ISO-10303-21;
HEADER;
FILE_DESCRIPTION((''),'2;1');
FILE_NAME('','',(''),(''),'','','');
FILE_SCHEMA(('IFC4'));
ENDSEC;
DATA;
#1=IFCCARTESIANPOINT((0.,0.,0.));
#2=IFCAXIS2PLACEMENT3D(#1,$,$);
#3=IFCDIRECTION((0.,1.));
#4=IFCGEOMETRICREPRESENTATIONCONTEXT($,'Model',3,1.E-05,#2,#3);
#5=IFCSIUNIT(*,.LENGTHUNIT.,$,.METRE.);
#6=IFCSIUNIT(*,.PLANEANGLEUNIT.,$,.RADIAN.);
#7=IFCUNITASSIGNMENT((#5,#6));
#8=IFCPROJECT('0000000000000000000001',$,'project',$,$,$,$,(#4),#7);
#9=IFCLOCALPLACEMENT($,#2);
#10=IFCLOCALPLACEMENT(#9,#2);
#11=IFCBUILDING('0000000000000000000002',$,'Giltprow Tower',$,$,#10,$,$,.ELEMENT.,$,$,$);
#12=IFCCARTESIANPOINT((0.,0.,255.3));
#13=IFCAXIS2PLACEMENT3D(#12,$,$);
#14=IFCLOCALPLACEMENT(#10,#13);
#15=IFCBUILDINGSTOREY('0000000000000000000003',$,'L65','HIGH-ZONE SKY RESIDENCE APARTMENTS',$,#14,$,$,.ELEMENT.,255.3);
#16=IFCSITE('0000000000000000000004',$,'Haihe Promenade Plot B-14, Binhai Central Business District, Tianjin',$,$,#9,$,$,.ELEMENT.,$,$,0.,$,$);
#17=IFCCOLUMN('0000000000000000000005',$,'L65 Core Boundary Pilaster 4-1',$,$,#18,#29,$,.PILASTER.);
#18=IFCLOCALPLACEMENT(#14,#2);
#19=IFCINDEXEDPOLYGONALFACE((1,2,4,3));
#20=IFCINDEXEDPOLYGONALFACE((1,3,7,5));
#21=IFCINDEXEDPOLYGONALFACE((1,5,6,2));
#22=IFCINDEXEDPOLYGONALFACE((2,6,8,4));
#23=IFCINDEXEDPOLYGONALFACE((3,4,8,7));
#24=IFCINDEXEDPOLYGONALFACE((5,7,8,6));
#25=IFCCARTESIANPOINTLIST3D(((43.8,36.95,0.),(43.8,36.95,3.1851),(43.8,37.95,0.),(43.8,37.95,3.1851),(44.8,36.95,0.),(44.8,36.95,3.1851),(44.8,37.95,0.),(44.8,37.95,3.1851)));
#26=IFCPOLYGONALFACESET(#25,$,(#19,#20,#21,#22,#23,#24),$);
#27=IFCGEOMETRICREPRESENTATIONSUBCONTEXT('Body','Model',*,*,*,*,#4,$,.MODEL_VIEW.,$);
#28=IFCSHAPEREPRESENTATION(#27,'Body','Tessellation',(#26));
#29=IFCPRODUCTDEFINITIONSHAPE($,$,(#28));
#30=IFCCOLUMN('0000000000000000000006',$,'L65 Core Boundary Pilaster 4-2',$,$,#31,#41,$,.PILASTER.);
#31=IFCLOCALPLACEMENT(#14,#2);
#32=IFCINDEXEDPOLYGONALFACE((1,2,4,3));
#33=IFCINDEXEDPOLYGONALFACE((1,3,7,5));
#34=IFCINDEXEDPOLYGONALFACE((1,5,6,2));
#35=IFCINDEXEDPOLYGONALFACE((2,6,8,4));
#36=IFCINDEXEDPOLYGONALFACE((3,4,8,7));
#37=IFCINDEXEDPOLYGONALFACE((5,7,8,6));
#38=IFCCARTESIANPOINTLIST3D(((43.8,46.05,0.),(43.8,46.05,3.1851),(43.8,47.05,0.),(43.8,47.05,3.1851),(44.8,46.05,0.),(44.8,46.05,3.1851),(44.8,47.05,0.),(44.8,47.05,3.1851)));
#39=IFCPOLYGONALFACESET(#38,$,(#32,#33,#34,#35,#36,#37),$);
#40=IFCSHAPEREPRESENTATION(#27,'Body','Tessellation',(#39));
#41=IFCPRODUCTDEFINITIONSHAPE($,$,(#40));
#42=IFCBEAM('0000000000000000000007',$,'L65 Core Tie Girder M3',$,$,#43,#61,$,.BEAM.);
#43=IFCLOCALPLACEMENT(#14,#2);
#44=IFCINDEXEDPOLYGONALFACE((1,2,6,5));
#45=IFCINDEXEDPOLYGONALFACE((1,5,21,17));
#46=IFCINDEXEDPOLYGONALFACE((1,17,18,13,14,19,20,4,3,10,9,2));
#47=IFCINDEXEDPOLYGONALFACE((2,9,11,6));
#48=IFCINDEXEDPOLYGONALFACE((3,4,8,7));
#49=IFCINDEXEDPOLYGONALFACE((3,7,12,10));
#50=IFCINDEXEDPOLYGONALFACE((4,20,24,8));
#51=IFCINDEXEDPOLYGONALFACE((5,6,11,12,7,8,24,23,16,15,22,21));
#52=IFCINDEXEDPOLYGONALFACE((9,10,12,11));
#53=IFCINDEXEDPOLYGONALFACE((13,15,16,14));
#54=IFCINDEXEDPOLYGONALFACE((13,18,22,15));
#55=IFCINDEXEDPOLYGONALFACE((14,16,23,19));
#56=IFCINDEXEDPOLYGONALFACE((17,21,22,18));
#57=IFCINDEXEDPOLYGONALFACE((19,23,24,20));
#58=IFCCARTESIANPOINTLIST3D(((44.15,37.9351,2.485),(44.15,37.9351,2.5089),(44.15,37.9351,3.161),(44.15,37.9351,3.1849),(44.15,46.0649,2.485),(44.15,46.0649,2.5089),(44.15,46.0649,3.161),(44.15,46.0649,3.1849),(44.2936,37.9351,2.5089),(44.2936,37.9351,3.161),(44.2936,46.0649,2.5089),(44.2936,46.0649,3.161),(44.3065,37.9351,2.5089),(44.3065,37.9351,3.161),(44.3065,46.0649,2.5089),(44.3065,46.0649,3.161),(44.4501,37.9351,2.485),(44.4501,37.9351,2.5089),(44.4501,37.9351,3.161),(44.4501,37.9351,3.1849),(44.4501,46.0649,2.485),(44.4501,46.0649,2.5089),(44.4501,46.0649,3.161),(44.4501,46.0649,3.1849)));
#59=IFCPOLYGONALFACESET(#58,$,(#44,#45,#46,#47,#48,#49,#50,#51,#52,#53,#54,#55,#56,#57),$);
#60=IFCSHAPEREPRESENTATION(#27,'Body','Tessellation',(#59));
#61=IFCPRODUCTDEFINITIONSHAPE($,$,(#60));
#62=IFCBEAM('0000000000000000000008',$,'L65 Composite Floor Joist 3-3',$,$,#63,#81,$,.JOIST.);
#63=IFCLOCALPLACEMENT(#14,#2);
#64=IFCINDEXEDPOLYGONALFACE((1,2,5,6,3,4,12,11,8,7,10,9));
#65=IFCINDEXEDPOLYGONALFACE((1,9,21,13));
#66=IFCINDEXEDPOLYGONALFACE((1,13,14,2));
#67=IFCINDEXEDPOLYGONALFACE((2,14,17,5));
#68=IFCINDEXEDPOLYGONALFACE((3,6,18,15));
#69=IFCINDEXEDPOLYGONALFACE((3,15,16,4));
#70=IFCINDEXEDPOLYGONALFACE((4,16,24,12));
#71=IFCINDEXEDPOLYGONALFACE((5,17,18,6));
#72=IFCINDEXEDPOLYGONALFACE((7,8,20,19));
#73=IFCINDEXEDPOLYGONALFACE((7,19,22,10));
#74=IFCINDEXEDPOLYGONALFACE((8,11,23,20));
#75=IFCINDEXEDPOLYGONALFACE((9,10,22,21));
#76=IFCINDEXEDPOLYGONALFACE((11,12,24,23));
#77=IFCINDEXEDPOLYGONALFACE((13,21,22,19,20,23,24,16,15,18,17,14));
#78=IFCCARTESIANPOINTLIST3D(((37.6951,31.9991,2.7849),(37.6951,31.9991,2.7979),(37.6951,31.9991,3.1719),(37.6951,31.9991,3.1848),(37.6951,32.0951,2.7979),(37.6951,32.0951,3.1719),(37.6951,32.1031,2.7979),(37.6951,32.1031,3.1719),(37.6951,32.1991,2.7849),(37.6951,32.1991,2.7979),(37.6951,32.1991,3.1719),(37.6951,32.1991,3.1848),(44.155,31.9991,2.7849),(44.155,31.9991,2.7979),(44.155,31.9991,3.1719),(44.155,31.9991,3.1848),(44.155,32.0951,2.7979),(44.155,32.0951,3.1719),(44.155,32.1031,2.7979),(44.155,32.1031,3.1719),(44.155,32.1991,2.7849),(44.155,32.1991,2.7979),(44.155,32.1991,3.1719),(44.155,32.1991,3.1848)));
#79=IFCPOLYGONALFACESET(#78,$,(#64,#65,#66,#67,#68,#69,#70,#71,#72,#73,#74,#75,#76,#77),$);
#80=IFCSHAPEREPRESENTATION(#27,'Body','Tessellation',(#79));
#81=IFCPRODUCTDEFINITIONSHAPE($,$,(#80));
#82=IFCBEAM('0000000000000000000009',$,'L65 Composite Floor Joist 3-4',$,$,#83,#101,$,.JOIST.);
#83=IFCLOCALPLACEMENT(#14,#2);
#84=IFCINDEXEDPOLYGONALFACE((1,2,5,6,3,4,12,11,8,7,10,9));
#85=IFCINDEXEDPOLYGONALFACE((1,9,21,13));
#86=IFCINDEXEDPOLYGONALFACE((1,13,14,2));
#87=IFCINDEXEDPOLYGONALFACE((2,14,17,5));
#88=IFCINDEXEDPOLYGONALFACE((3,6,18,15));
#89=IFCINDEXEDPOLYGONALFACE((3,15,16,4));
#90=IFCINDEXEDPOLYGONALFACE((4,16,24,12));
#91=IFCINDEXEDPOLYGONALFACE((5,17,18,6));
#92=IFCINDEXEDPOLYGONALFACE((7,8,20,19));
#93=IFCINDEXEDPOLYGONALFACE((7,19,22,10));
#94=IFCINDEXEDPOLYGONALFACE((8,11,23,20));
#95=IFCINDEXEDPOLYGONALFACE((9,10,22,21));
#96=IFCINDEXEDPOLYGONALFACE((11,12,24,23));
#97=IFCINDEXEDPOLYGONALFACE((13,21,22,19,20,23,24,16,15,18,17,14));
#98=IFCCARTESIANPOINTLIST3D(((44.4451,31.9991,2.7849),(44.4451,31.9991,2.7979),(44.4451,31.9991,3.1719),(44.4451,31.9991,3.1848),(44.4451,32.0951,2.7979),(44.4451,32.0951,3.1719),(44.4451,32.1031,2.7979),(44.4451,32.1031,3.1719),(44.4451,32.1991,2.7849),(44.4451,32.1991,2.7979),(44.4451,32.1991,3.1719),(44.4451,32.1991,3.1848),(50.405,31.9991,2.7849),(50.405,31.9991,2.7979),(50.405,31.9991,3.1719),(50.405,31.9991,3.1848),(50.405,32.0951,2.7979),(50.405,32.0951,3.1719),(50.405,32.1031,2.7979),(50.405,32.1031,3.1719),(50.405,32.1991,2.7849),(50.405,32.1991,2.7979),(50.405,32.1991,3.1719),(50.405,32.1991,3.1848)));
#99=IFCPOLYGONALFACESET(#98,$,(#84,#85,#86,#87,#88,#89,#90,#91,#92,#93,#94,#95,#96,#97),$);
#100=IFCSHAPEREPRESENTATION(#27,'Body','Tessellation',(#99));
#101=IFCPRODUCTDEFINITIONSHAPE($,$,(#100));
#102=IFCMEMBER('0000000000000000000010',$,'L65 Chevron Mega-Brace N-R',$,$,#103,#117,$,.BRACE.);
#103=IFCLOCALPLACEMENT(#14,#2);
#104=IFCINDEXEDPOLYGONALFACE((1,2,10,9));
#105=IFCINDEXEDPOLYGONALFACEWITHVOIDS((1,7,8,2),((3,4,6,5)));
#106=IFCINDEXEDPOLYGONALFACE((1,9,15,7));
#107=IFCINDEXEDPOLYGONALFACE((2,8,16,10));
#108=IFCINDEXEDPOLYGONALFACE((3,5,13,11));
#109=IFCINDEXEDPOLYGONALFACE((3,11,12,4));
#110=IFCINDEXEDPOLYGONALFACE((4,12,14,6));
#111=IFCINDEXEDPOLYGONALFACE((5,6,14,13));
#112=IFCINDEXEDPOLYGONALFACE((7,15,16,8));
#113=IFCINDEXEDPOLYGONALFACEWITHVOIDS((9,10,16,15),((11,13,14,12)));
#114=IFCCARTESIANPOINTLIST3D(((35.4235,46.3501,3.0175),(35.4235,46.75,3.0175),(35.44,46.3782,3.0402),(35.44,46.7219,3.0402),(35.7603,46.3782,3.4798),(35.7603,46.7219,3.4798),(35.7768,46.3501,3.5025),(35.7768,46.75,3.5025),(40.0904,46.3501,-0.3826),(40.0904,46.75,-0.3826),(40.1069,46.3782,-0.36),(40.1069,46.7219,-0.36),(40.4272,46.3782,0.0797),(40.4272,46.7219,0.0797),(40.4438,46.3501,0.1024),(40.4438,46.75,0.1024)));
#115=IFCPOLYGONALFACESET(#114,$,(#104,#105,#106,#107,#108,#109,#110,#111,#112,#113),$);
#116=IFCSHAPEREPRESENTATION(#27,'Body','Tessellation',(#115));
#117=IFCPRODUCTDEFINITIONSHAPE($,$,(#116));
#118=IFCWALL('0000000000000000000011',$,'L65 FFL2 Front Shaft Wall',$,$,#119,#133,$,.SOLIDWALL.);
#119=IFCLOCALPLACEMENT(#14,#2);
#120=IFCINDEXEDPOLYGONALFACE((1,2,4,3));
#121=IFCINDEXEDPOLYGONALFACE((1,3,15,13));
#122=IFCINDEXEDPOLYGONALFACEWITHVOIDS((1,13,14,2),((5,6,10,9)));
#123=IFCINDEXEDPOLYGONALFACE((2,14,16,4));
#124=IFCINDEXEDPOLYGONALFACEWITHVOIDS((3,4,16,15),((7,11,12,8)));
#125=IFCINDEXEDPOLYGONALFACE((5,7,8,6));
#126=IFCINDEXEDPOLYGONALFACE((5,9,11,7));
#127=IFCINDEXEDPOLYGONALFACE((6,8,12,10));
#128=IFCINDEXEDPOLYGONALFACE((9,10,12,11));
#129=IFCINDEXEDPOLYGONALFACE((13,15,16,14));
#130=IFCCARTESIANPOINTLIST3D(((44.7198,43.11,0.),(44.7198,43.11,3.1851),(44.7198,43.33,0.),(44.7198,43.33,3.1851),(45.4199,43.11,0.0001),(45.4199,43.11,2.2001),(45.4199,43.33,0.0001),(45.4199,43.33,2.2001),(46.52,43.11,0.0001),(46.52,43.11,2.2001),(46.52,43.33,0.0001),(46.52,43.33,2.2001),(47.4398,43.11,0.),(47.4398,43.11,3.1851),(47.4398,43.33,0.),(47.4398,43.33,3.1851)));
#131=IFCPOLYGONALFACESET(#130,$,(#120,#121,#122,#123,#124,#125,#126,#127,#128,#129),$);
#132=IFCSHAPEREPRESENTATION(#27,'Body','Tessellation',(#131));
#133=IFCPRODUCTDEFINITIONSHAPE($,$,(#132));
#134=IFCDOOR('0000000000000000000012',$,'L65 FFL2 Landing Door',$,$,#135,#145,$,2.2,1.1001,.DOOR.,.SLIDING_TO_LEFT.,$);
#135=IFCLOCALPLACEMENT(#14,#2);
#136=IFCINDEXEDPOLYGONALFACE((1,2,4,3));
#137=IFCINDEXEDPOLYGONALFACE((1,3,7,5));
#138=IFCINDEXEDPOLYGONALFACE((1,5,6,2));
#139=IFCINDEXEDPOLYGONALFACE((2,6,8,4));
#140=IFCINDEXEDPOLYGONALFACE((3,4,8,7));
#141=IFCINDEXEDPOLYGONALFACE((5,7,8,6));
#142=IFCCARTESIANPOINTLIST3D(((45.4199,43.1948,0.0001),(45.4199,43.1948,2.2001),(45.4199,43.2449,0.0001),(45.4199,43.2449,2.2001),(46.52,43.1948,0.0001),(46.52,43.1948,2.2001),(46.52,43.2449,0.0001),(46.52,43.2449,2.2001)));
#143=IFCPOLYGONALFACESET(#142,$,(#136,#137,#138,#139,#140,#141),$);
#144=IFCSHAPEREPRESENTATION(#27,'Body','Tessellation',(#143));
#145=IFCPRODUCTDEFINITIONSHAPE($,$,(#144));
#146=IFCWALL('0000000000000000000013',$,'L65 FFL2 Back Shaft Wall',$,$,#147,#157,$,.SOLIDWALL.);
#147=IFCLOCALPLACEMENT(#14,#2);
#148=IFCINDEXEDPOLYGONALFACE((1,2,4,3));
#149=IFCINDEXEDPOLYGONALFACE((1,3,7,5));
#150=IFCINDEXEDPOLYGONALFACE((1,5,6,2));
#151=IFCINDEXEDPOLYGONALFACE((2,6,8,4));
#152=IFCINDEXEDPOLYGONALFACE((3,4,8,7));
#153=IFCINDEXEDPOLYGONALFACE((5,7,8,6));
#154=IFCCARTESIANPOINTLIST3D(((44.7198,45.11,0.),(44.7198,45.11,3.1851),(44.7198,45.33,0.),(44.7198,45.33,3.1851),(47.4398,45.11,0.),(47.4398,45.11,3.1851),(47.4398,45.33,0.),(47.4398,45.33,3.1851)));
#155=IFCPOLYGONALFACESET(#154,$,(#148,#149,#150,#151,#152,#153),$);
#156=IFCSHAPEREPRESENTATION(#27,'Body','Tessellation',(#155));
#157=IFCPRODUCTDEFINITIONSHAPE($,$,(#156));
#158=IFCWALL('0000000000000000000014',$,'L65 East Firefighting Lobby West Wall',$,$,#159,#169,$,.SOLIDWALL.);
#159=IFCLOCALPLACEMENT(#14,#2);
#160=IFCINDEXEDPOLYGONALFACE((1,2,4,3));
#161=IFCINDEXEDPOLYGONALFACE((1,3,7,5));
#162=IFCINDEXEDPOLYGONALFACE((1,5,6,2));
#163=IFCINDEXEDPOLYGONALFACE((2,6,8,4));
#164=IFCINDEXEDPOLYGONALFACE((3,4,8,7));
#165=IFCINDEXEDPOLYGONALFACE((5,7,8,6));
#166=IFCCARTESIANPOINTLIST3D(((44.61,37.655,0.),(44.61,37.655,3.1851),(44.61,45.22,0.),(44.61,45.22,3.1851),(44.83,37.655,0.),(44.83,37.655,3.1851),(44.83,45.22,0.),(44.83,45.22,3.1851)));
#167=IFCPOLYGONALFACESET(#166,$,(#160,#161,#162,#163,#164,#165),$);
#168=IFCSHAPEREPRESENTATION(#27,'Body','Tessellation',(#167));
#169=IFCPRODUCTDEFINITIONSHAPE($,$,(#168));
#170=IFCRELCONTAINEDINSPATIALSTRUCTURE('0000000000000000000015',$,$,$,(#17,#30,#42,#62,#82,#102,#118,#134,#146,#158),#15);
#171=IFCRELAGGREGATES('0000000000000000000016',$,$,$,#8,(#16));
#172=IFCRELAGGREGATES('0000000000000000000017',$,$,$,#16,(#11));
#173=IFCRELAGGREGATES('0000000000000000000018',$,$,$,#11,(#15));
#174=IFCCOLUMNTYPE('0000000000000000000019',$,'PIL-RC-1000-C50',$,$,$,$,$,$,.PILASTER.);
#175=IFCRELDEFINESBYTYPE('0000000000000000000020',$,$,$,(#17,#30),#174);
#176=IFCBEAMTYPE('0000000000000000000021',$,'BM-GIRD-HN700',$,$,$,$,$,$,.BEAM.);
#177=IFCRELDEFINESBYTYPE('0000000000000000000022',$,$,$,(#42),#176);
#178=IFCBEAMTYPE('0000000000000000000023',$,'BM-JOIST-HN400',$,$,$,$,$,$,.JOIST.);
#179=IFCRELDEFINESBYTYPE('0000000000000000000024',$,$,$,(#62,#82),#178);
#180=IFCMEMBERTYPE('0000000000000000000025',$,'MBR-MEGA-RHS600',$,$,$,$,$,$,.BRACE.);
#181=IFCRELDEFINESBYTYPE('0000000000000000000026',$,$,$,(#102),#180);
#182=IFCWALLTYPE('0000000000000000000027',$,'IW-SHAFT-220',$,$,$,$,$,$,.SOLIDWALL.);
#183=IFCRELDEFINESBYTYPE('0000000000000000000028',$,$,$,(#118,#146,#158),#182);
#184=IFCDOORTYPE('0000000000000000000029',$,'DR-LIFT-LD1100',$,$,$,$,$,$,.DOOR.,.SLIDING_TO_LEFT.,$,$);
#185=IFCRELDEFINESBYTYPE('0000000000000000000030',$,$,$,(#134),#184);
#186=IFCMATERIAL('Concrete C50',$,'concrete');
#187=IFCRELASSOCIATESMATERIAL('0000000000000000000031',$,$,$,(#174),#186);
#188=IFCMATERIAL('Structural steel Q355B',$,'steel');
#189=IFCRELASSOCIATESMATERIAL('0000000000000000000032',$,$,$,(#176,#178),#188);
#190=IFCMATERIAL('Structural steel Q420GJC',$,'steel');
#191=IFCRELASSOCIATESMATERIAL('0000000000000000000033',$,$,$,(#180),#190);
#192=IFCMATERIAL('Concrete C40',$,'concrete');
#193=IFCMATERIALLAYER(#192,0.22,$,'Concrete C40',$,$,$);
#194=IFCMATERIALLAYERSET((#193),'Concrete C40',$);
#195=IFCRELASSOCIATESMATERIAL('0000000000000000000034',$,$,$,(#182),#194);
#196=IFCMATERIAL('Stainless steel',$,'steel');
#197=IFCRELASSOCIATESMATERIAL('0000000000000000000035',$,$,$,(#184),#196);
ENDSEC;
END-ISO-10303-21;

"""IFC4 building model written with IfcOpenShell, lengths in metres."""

from ifc_helpers import new_model, si_unit, direction, frame, frame_2d, origin, origin_2d, place, context, subcontext, project, spatial, rectangle, hollow_rectangle, i_section, extrude, source, transform, mapped, material, layer, layer_set, material_profile, profile_set, type_object, element, fill, save


model = new_model("IFC4")

# Units and contexts
model_context = context("Model", 3, precision=1e-05, world=origin(), true_north=direction((0.0, 1.0)))
body_context = subcontext(model_context, "Body", "Model", "MODEL_VIEW")
ifc_project = project(units=[si_unit("LENGTHUNIT", "METRE"), si_unit("PLANEANGLEUNIT", "RADIAN")], contexts=[model_context])

# Site, building, storey
site_placement = place(None, origin())
site = spatial("IfcSite", under=ifc_project, at=site_placement, Name="Haihe Promenade Plot B-14, Binhai Central Business District, Tianjin", CompositionType="ELEMENT", RefElevation=0.0)
building_placement = place(site_placement, origin())
building = spatial("IfcBuilding", under=site, at=building_placement, Name="Giltprow Tower", CompositionType="ELEMENT")
storey_placement = place(building_placement, frame((0.0, 0.0, 255.3)))
storey = spatial("IfcBuildingStorey", under=building, at=storey_placement, Name="L65", Description="HIGH-ZONE SKY RESIDENCE APARTMENTS", CompositionType="ELEMENT", Elevation=255.3)

# Columns
ifc_material_1 = material(Name="Concrete C50", Category="concrete")
ifc_material_profile_1 = material_profile(ifc_material_1, rectangle(XDim=1.0, YDim=1.0, at=origin_2d()), Name="RC 1000x1000")
ifc_profile_set_1 = profile_set([ifc_material_profile_1], Name="Concrete C50")
column_type = type_object("IfcColumnType", Name="PIL-RC-1000-C50", PredefinedType="PILASTER", material=ifc_profile_set_1)
shared_shape_1 = source(origin(), body_context, "Body", "SweptSolid", [
    extrude(rectangle(XDim=1.0, YDim=1.0, at=origin_2d()), origin(), (0.0, 0.0, 1.0), 3.1851),
])
for number, where, z_axis, x_axis, name in (
    (1, (44.3, 37.45, 0.0), (0.0, 0.0, 1.0), (1.0, 0.0, 0.0), "L65 Core Boundary Pilaster 4-1"),
    (2, (44.3, 46.55, 0.0), (0.0, 0.0, 1.0), (1.0, 0.0, 0.0), "L65 Core Boundary Pilaster 4-2"),
):
    element("IfcColumn", number, at=place(storey_placement, frame(where, z_axis=z_axis, x_axis=x_axis)), inside=storey, type_object=column_type, Name=name, PredefinedType="PILASTER", context=body_context, shape_type="MappedRepresentation", body=[
        mapped(shared_shape_1, transform((0.0, 0.0, 0.0), x_axis=(1.0, 0.0, 0.0), y_axis=(0.0, 1.0, 0.0), z_axis=(0.0, 0.0, 1.0), scale=1.0)),
    ])

# Beams
ifc_material_2 = material(Name="Structural steel Q355B", Category="steel")
ifc_material_profile_2 = material_profile(ifc_material_2, i_section(OverallWidth=0.3, OverallDepth=0.7, WebThickness=0.0129, FlangeThickness=0.0239, at=origin_2d()), Name="HN 700x300x13x24")
ifc_profile_set_2 = profile_set([ifc_material_profile_2], Name="Structural steel Q355B")
beam_type_1 = type_object("IfcBeamType", Name="BM-GIRD-HN700", PredefinedType="BEAM", material=ifc_profile_set_2)
shared_shape_2 = source(origin(), body_context, "Body", "SweptSolid", [
    extrude(i_section(OverallWidth=0.3, OverallDepth=0.7, WebThickness=0.0129, FlangeThickness=0.0239, at=origin_2d()), origin(), (0.0, 0.0, 1.0), 8.1299),
])
beam_1_placement = place(storey_placement, frame((44.3, 37.9351, 2.835), z_axis=(0.0, 1.0, 0.0), x_axis=(-1.0, 0.0, 0.0)))
element("IfcBeam", 3, at=beam_1_placement, inside=storey, type_object=beam_type_1, Name="L65 Core Tie Girder M3", PredefinedType="BEAM", context=body_context, shape_type="MappedRepresentation", body=[
    mapped(shared_shape_2, transform((0.0, 0.0, 0.0), x_axis=(1.0, 0.0, 0.0), y_axis=(0.0, 1.0, 0.0), z_axis=(0.0, 0.0, 1.0), scale=1.0)),
])
ifc_material_profile_3 = material_profile(ifc_material_2, i_section(OverallWidth=0.2, OverallDepth=0.3999, WebThickness=0.0081, FlangeThickness=0.0129, at=origin_2d()), Name="HN 400x200x8x13")
ifc_profile_set_3 = profile_set([ifc_material_profile_3], Name="Structural steel Q355B")
beam_type_2 = type_object("IfcBeamType", Name="BM-JOIST-HN400", PredefinedType="JOIST", material=ifc_profile_set_3)
shared_shape_3 = source(origin(), body_context, "Body", "SweptSolid", [
    extrude(i_section(OverallWidth=0.2, OverallDepth=0.3999, WebThickness=0.0081, FlangeThickness=0.0129, at=origin_2d()), origin(), (0.0, 0.0, 1.0), 6.46),
])
beam_2_placement = place(storey_placement, frame((37.6951, 32.0991, 2.9849), z_axis=(1.0, 0.0, 0.0), x_axis=(0.0, 1.0, 0.0)))
element("IfcBeam", 4, at=beam_2_placement, inside=storey, type_object=beam_type_2, Name="L65 Composite Floor Joist 3-3", PredefinedType="JOIST", context=body_context, shape_type="MappedRepresentation", body=[
    mapped(shared_shape_3, transform((0.0, 0.0, 0.0), x_axis=(1.0, 0.0, 0.0), y_axis=(0.0, 1.0, 0.0), z_axis=(0.0, 0.0, 1.0), scale=1.0)),
])
shared_shape_4 = source(origin(), body_context, "Body", "SweptSolid", [
    extrude(i_section(OverallWidth=0.2, OverallDepth=0.3999, WebThickness=0.0081, FlangeThickness=0.0129, at=origin_2d()), origin(), (0.0, 0.0, 1.0), 5.96),
])
beam_3_placement = place(storey_placement, frame((44.4451, 32.0991, 2.9849), z_axis=(1.0, 0.0, 0.0), x_axis=(0.0, 1.0, 0.0)))
element("IfcBeam", 5, at=beam_3_placement, inside=storey, type_object=beam_type_2, Name="L65 Composite Floor Joist 3-4", PredefinedType="JOIST", context=body_context, shape_type="MappedRepresentation", body=[
    mapped(shared_shape_4, transform((0.0, 0.0, 0.0), x_axis=(1.0, 0.0, 0.0), y_axis=(0.0, 1.0, 0.0), z_axis=(0.0, 0.0, 1.0), scale=1.0)),
])

# Member
ifc_material_3 = material(Name="Structural steel Q420GJC", Category="steel")
ifc_material_profile_4 = material_profile(ifc_material_3, hollow_rectangle(XDim=0.3999, YDim=0.6001, WallThickness=0.0281, at=origin_2d()), Name="RHS 600x400x28")
ifc_profile_set_4 = profile_set([ifc_material_profile_4], Name="Structural steel Q420GJC")
member_type = type_object("IfcMemberType", Name="MBR-MEGA-RHS600", PredefinedType="BRACE", material=ifc_profile_set_4)
shared_shape_5 = source(origin(), body_context, "Body", "SweptSolid", [
    extrude(hollow_rectangle(XDim=0.3999, YDim=0.6001, WallThickness=0.0281, at=origin_2d()), origin(), (0.0, 0.0, 1.0), 5.7742),
])
member_placement = place(storey_placement, frame((40.2671, 46.55, -0.1401), z_axis=(-0.808244, 0.0, 0.588848), x_axis=(0.0, -1.0, 0.0)))
element("IfcMember", 6, at=member_placement, inside=storey, type_object=member_type, Name="L65 Chevron Mega-Brace N-R", PredefinedType="BRACE", context=body_context, shape_type="MappedRepresentation", body=[
    mapped(shared_shape_5, transform((0.0, 0.0, 0.0), x_axis=(1.0, 0.0, 0.0), y_axis=(0.0, 1.0, 0.0), z_axis=(0.0, 0.0, 1.0), scale=1.0)),
])

# Wall, opening, door
ifc_material_4 = material(Name="Concrete C40", Category="concrete")
ifc_layer_1 = layer(ifc_material_4, 0.22, Name="Concrete C40")
ifc_layer_set_1 = layer_set([ifc_layer_1], Name="Concrete C40")
wall_type_1 = type_object("IfcWallType", Name="IW-SHAFT-220", PredefinedType="SOLIDWALL", material=ifc_layer_set_1)
wall_1_placement = place(storey_placement, frame((44.72, 43.22, 0.0), z_axis=(0.0, 0.0, 1.0), x_axis=(1.0, 0.0, 0.0)))
wall_1 = element("IfcWall", 7, at=wall_1_placement, inside=storey, type_object=wall_type_1, Name="L65 FFL2 Front Shaft Wall", PredefinedType="SOLIDWALL", context=body_context, shape_type="SweptSolid", body=[
    extrude(rectangle(XDim=2.72, YDim=0.22, at=frame_2d((1.3599, 0.0))), origin(), (0.0, 0.0, 1.0), 3.1851),
])
opening_1_placement = place(wall_1_placement, frame((0.7, 0.0, 0.0)))
opening_1 = element("IfcOpeningElement", 8, at=opening_1_placement, cuts=wall_1, PredefinedType="OPENING", context=body_context, shape_type="SweptSolid", body=[
    extrude(rectangle(XDim=1.1001, YDim=2.2, at=frame_2d((0.55, 1.1001))), frame((0.0, 0.1199, 0.0), z_axis=(0.0, -1.0, 0.0), x_axis=(1.0, 0.0, 0.0)), (0.0, 0.0, 1.0), 0.24),
])
ifc_material_5 = material(Name="Stainless steel", Category="steel")
door_type_1 = type_object("IfcDoorType", Name="DR-LIFT-LD1100", OperationType="SLIDING_TO_LEFT", PredefinedType="DOOR", material=ifc_material_5)
shared_shape_6 = source(origin(), body_context, "Body", "SweptSolid", [
    extrude(rectangle(XDim=1.1001, YDim=2.2, at=frame_2d((0.55, 1.1001))), frame((0.0, 0.0249, 0.0), z_axis=(0.0, -1.0, 0.0), x_axis=(1.0, 0.0, 0.0)), (0.0, 0.0, 1.0), 0.05),
])
door_1_placement = place(opening_1_placement, origin())
door_1 = element("IfcDoor", 9, at=door_1_placement, inside=storey, type_object=door_type_1, Name="L65 FFL2 Landing Door", OperationType="SLIDING_TO_LEFT", OverallHeight=2.2, OverallWidth=1.1001, PredefinedType="DOOR", context=body_context, shape_type="MappedRepresentation", body=[
    mapped(shared_shape_6, transform((0.0, 0.0, 0.0), x_axis=(1.0, 0.0, 0.0), y_axis=(0.0, 1.0, 0.0), z_axis=(0.0, 0.0, 1.0), scale=1.0)),
])
fill(opening_1, door_1)

# Walls
wall_2_placement = place(storey_placement, frame((44.72, 45.22, 0.0), z_axis=(0.0, 0.0, 1.0), x_axis=(1.0, 0.0, 0.0)))
element("IfcWall", 10, at=wall_2_placement, inside=storey, type_object=wall_type_1, Name="L65 FFL2 Back Shaft Wall", PredefinedType="SOLIDWALL", context=body_context, shape_type="SweptSolid", body=[
    extrude(rectangle(XDim=2.72, YDim=0.22, at=frame_2d((1.3599, 0.0))), origin(), (0.0, 0.0, 1.0), 3.1851),
])
wall_3_placement = place(storey_placement, frame((44.72, 37.655, 0.0), z_axis=(0.0, 0.0, 1.0), x_axis=(0.0, 1.0, 0.0)))
element("IfcWall", 11, at=wall_3_placement, inside=storey, type_object=wall_type_1, Name="L65 East Firefighting Lobby West Wall", PredefinedType="SOLIDWALL", context=body_context, shape_type="SweptSolid", body=[
    extrude(rectangle(XDim=7.5649, YDim=0.22, at=frame_2d((3.7825, 0.0))), origin(), (0.0, 0.0, 1.0), 3.1851),
])

save(model, "model.ifc")
